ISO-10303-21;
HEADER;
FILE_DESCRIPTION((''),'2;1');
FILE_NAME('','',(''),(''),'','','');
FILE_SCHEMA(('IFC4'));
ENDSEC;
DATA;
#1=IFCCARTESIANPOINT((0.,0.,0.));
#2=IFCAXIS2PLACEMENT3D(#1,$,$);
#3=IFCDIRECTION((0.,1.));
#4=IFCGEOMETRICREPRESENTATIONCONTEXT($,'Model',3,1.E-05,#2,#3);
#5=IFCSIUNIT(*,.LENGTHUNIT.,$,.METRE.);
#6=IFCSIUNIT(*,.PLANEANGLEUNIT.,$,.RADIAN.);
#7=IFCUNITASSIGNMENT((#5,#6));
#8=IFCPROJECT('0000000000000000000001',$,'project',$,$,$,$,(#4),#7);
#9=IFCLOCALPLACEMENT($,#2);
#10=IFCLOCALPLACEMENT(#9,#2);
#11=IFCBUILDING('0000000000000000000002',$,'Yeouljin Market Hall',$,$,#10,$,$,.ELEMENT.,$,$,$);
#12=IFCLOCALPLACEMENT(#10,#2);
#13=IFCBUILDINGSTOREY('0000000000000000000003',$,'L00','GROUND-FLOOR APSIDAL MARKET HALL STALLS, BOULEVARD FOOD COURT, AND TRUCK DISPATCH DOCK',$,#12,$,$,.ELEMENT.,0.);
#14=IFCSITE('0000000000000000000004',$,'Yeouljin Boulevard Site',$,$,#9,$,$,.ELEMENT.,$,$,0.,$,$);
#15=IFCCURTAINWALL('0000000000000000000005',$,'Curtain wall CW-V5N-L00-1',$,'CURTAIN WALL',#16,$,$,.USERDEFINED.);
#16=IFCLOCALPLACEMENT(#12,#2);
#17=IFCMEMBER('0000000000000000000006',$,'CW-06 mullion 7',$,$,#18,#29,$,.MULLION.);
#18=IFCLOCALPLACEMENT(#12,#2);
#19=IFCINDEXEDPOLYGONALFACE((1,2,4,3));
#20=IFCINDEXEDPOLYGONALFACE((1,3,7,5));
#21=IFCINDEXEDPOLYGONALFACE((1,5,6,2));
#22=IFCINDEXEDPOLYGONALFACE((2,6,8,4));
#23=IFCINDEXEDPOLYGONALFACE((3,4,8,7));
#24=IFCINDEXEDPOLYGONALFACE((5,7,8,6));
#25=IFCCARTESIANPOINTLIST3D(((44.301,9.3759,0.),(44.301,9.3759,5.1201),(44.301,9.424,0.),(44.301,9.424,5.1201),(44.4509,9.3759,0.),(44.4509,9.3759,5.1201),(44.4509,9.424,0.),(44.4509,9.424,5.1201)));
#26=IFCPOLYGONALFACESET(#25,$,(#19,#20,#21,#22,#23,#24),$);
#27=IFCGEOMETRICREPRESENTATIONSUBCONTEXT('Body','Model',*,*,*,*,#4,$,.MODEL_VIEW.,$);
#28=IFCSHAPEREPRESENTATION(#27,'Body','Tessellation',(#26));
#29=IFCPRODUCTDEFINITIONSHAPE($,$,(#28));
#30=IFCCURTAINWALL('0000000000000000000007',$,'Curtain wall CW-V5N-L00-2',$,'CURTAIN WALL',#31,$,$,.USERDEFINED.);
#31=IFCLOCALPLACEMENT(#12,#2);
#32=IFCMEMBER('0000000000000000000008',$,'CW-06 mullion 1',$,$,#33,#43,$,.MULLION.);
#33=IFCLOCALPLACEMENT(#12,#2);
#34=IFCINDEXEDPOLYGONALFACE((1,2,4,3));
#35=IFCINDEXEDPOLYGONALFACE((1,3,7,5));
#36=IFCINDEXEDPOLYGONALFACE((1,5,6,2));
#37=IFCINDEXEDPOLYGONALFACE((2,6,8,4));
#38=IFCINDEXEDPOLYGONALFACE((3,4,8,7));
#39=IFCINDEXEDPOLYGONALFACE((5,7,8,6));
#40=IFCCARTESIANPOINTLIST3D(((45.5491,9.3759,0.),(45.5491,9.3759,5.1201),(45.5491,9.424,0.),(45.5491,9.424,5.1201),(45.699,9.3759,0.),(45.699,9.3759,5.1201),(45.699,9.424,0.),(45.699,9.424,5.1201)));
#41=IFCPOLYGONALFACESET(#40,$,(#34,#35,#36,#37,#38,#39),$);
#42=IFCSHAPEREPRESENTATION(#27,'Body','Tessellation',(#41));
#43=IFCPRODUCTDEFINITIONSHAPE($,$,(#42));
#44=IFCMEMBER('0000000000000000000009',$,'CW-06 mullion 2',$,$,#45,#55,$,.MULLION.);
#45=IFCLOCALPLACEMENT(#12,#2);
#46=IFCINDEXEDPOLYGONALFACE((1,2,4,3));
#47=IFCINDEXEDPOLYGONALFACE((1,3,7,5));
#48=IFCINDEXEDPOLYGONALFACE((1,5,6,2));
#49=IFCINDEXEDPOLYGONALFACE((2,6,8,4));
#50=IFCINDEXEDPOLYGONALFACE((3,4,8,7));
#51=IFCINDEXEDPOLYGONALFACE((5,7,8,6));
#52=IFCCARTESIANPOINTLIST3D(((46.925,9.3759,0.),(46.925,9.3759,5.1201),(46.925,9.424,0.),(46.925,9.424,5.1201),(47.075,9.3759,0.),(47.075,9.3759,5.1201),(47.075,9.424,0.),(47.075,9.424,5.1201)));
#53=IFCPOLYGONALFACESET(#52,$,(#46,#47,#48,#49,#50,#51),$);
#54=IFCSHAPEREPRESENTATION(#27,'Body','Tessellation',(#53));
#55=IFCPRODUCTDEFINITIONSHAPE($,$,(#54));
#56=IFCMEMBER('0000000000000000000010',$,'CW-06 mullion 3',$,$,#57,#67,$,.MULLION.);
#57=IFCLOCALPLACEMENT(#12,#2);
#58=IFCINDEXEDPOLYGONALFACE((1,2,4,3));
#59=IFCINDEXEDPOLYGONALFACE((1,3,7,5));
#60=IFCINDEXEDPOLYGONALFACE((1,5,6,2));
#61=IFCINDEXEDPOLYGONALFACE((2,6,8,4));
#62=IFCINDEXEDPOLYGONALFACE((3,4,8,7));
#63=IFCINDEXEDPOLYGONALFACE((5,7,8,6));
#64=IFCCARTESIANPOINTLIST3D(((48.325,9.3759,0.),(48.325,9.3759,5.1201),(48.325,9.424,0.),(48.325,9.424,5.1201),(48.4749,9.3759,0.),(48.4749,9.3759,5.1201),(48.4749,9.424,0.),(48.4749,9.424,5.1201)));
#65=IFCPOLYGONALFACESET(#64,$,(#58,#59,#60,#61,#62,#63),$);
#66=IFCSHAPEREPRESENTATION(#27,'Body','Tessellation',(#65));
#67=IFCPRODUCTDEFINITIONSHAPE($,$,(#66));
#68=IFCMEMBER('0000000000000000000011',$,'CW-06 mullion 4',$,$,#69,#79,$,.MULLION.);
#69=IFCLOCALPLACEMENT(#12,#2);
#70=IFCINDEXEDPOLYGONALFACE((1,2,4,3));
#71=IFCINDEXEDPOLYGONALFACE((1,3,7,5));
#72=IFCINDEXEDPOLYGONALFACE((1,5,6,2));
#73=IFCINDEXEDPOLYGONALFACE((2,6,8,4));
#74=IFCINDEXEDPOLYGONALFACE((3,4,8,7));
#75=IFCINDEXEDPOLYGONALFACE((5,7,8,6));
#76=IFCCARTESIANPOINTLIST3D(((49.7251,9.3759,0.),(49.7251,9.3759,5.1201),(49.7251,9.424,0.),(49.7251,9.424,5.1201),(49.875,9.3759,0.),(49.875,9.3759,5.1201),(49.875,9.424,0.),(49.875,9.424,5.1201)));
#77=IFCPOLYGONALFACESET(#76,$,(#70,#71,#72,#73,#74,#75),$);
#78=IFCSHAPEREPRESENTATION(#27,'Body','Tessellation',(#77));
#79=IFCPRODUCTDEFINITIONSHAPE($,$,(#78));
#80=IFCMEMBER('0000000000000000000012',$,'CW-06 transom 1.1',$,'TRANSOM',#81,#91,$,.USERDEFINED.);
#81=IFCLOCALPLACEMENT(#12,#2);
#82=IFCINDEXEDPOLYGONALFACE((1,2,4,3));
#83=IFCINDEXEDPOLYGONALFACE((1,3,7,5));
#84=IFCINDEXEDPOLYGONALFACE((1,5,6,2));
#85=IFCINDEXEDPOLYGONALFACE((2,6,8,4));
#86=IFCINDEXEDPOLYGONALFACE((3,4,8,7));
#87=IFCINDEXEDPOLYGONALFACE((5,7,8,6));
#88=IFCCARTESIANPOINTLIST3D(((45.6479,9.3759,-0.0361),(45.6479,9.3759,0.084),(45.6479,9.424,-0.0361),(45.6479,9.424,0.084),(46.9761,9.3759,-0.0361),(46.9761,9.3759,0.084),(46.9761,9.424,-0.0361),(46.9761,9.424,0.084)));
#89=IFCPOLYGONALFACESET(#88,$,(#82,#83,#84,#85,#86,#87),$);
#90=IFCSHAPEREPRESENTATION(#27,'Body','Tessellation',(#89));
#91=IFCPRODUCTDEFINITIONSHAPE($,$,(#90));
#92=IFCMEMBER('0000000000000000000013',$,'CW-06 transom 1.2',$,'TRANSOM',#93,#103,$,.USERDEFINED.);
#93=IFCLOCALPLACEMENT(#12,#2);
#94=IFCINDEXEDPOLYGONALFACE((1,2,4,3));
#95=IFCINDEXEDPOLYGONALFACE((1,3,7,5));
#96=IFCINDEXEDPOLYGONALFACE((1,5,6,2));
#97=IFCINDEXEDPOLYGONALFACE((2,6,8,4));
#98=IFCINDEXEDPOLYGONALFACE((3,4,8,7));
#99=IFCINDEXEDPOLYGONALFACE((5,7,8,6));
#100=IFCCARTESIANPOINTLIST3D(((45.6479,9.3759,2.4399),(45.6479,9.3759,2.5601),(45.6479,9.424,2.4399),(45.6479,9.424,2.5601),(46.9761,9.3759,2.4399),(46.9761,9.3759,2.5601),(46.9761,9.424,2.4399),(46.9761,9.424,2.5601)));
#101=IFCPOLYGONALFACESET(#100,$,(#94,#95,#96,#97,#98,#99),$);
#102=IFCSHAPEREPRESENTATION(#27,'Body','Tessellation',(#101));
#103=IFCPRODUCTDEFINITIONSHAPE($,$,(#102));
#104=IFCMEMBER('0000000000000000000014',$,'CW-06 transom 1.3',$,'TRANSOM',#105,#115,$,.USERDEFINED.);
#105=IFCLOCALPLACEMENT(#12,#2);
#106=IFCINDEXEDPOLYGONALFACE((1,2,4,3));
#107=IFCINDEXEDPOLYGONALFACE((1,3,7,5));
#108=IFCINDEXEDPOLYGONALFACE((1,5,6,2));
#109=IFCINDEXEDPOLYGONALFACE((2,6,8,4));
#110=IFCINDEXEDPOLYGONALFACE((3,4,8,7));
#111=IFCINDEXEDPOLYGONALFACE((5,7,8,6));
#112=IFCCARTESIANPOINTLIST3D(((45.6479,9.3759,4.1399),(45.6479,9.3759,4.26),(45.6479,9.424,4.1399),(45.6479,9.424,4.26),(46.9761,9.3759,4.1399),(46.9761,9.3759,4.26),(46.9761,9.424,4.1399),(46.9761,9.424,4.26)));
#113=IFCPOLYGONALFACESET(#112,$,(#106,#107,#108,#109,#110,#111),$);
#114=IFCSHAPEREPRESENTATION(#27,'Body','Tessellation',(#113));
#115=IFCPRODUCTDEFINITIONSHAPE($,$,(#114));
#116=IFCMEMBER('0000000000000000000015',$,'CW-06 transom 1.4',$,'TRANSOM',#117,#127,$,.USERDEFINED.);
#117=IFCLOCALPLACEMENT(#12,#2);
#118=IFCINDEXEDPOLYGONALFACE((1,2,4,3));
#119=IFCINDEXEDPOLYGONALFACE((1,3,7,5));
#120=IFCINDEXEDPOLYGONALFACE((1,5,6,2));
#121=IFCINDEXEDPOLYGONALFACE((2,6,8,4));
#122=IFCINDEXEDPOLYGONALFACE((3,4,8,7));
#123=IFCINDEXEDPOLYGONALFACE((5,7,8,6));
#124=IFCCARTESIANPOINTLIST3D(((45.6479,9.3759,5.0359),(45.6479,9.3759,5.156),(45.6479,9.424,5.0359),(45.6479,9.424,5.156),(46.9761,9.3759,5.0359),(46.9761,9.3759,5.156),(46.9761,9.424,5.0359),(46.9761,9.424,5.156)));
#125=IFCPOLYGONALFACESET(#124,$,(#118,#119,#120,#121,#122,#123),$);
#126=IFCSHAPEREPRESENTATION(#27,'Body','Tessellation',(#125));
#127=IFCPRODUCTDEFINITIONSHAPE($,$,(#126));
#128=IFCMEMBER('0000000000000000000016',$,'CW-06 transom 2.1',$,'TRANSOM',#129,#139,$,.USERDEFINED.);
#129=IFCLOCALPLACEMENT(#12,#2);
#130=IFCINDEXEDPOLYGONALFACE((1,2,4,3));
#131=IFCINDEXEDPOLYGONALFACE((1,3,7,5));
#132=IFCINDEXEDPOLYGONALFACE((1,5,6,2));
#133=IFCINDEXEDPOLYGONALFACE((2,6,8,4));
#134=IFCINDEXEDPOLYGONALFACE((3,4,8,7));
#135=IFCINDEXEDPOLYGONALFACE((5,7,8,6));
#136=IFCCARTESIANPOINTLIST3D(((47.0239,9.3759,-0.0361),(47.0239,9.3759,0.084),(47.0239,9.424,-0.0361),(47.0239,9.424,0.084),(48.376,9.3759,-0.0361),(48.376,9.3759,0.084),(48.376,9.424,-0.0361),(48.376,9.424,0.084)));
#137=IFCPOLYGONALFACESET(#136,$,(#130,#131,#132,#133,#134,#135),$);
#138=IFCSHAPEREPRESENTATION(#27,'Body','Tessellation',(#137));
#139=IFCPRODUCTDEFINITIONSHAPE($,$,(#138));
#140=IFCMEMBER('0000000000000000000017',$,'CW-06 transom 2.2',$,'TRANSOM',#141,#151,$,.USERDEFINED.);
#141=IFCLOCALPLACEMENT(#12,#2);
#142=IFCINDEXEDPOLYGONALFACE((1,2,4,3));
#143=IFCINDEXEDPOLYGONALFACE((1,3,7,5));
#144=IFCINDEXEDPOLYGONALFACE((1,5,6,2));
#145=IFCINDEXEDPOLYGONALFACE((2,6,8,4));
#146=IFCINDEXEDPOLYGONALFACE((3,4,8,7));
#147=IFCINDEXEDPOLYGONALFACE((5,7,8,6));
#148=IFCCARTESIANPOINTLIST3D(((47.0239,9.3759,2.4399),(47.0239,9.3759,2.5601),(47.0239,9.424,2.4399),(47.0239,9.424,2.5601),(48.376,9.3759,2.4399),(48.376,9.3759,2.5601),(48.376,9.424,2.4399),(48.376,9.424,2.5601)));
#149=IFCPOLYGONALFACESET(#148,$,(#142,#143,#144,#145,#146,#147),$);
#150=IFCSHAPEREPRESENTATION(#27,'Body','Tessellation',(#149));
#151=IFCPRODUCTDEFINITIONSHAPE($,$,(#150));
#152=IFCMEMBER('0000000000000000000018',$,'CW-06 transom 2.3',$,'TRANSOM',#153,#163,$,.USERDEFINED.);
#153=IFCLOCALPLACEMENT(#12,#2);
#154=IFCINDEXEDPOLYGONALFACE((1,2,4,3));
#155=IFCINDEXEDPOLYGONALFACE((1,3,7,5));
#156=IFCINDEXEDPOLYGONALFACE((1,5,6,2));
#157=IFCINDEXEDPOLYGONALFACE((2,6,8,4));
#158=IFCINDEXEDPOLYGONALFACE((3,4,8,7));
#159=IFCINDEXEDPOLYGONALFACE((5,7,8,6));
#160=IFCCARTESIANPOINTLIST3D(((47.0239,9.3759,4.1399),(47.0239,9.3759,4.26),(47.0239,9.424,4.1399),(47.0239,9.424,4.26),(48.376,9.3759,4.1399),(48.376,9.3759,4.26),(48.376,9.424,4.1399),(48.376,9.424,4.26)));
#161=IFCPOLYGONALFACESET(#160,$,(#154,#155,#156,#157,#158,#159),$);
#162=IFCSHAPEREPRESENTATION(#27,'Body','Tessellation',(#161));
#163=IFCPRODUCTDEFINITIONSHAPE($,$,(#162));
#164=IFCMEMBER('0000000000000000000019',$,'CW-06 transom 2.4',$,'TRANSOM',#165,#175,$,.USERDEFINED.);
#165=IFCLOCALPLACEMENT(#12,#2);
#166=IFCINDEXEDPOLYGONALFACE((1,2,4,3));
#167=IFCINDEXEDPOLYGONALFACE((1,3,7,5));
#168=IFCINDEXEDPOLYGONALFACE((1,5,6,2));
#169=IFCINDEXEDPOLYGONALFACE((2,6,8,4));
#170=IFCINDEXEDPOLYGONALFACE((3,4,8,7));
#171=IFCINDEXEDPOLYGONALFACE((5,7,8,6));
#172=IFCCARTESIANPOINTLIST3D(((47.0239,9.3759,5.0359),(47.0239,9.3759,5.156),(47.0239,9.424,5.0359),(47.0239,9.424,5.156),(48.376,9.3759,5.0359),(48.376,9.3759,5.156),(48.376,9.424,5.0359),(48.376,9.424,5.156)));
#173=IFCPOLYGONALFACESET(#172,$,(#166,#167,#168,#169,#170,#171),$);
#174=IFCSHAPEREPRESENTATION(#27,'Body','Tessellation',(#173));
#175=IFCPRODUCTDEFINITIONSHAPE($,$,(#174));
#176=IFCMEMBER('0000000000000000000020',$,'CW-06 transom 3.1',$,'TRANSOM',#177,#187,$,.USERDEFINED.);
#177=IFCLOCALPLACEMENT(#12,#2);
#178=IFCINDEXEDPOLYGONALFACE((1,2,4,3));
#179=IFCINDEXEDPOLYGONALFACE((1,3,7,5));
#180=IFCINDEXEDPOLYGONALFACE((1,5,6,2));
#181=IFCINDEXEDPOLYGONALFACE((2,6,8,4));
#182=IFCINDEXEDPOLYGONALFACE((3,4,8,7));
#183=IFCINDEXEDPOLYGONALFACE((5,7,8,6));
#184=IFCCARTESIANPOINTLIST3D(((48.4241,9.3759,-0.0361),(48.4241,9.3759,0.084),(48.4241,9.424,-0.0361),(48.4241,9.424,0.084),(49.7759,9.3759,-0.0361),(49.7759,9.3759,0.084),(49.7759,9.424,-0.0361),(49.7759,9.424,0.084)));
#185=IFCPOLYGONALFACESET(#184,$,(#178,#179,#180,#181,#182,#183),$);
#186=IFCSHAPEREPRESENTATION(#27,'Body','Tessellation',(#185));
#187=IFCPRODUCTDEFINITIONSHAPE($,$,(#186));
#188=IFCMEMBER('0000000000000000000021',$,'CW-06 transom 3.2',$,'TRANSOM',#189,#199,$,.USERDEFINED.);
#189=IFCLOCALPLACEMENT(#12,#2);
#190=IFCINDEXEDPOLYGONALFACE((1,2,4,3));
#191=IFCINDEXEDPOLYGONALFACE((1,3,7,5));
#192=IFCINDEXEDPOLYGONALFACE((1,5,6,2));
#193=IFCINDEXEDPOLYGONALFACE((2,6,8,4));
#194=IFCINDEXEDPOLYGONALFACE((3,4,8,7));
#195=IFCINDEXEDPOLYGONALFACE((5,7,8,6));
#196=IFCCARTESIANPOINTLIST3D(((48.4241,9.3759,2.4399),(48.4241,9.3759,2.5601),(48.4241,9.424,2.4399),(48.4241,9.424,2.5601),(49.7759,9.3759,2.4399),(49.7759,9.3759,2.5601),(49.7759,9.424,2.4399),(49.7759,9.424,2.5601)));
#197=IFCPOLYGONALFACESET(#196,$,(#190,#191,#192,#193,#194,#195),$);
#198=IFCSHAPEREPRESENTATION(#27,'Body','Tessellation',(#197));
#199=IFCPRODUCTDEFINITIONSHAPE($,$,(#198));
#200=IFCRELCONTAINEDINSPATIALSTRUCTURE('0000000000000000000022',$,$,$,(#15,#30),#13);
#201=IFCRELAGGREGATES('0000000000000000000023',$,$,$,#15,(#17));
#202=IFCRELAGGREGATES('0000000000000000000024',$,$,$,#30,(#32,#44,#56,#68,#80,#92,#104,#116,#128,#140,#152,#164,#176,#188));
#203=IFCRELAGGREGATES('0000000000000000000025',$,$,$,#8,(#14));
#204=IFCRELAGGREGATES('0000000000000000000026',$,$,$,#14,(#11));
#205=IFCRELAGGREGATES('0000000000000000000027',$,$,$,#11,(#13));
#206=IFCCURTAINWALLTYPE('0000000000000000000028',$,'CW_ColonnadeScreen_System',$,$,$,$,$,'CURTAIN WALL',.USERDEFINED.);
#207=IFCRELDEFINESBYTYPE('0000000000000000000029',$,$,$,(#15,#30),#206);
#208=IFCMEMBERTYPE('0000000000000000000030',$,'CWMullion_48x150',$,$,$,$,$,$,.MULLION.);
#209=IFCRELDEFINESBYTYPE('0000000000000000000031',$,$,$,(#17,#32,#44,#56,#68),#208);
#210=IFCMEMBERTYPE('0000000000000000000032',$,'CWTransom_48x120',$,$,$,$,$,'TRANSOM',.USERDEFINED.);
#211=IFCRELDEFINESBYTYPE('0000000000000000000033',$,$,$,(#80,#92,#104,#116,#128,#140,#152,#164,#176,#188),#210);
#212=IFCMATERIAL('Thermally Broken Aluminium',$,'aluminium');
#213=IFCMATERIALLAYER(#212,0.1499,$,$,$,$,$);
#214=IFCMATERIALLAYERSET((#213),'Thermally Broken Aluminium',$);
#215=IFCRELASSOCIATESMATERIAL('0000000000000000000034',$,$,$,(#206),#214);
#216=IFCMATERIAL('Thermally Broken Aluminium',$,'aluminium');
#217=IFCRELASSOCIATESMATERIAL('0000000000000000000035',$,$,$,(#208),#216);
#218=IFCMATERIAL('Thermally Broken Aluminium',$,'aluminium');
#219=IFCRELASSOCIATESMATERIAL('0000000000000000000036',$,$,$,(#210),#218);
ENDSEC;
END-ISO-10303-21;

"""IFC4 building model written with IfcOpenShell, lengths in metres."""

from ifc_helpers import new_model, si_unit, direction, frame, origin, origin_2d, place, context, subcontext, project, spatial, rectangle, extrude, material, layer, layer_set, material_profile, profile_set, type_object, element, aggregate, save


model = new_model("IFC4")

# Units and contexts
model_context = context("Model", 3, precision=1e-05, world=origin(), true_north=direction((0.0, 1.0)))
body_context = subcontext(model_context, "Body", "Model", "MODEL_VIEW")
ifc_project = project(units=[si_unit("LENGTHUNIT", "METRE"), si_unit("PLANEANGLEUNIT", "RADIAN")], contexts=[model_context])

# Site, building, storey
site_placement = place(None, origin())
site = spatial("IfcSite", under=ifc_project, at=site_placement, Name="Yeouljin Boulevard Site", CompositionType="ELEMENT", RefElevation=0.0)
building_placement = place(site_placement, origin())
building = spatial("IfcBuilding", under=site, at=building_placement, Name="Yeouljin Market Hall", CompositionType="ELEMENT")
storey_placement = place(building_placement, origin())
storey = spatial("IfcBuildingStorey", under=building, at=storey_placement, Name="L00", Description="GROUND-FLOOR APSIDAL MARKET HALL STALLS, BOULEVARD FOOD COURT, AND TRUCK DISPATCH DOCK", CompositionType="ELEMENT", Elevation=0.0)

# Curtain wall, member
ifc_material_1 = material(Name="Thermally Broken Aluminium", Category="aluminium")
ifc_layer_1 = layer(ifc_material_1, 0.1499)
ifc_layer_set_1 = layer_set([ifc_layer_1], Name="Thermally Broken Aluminium")
curtain_wall_type = type_object("IfcCurtainWallType", Name="CW_ColonnadeScreen_System", ElementType="CURTAIN WALL", PredefinedType="USERDEFINED", material=ifc_layer_set_1)
curtain_wall_1_placement = place(storey_placement, origin())
curtain_wall_1 = element("IfcCurtainWall", 1, at=curtain_wall_1_placement, inside=storey, type_object=curtain_wall_type, Name="Curtain wall CW-V5N-L00-1", ObjectType="CURTAIN WALL", PredefinedType="USERDEFINED")
ifc_material_2 = material(Name="Thermally Broken Aluminium", Category="aluminium")
ifc_material_profile_1 = material_profile(ifc_material_2, rectangle(XDim=0.0481, YDim=0.1499, at=origin_2d()), Name="CW-MULL-48x150")
ifc_profile_set_1 = profile_set([ifc_material_profile_1], Name="Thermally Broken Aluminium")
member_type_1 = type_object("IfcMemberType", Name="CWMullion_48x150", PredefinedType="MULLION", material=ifc_profile_set_1)
member_1_placement = place(storey_placement, frame((44.376, 9.3999, 0.0), z_axis=(0.0, 0.0, 1.0), x_axis=(0.0, 1.0, 0.0)))
member_1 = element("IfcMember", 2, at=member_1_placement, type_object=member_type_1, Name="CW-06 mullion 7", PredefinedType="MULLION", context=body_context, shape_type="SweptSolid", body=[
    extrude(rectangle(XDim=0.0481, YDim=0.1499, at=origin_2d()), origin(), (0.0, 0.0, 1.0), 5.1201),
])

# Curtain wall, members
curtain_wall_2_placement = place(storey_placement, origin())
curtain_wall_2 = element("IfcCurtainWall", 3, at=curtain_wall_2_placement, inside=storey, type_object=curtain_wall_type, Name="Curtain wall CW-V5N-L00-2", ObjectType="CURTAIN WALL", PredefinedType="USERDEFINED")
member_2_placement = place(storey_placement, frame((45.624, 9.3999, 0.0), z_axis=(0.0, 0.0, 1.0), x_axis=(0.0, 1.0, 0.0)))
member_2 = element("IfcMember", 4, at=member_2_placement, type_object=member_type_1, Name="CW-06 mullion 1", PredefinedType="MULLION", context=body_context, shape_type="SweptSolid", body=[
    extrude(rectangle(XDim=0.0481, YDim=0.1499, at=origin_2d()), origin(), (0.0, 0.0, 1.0), 5.1201),
])
member_3_placement = place(storey_placement, frame((47.0, 9.3999, 0.0), z_axis=(0.0, 0.0, 1.0), x_axis=(0.0, 1.0, 0.0)))
member_3 = element("IfcMember", 5, at=member_3_placement, type_object=member_type_1, Name="CW-06 mullion 2", PredefinedType="MULLION", context=body_context, shape_type="SweptSolid", body=[
    extrude(rectangle(XDim=0.0481, YDim=0.1499, at=origin_2d()), origin(), (0.0, 0.0, 1.0), 5.1201),
])
member_4_placement = place(storey_placement, frame((48.3999, 9.3999, 0.0), z_axis=(0.0, 0.0, 1.0), x_axis=(0.0, 1.0, 0.0)))
member_4 = element("IfcMember", 6, at=member_4_placement, type_object=member_type_1, Name="CW-06 mullion 3", PredefinedType="MULLION", context=body_context, shape_type="SweptSolid", body=[
    extrude(rectangle(XDim=0.0481, YDim=0.1499, at=origin_2d()), origin(), (0.0, 0.0, 1.0), 5.1201),
])
member_5_placement = place(storey_placement, frame((49.8, 9.3999, 0.0), z_axis=(0.0, 0.0, 1.0), x_axis=(0.0, 1.0, 0.0)))
member_5 = element("IfcMember", 7, at=member_5_placement, type_object=member_type_1, Name="CW-06 mullion 4", PredefinedType="MULLION", context=body_context, shape_type="SweptSolid", body=[
    extrude(rectangle(XDim=0.0481, YDim=0.1499, at=origin_2d()), origin(), (0.0, 0.0, 1.0), 5.1201),
])
ifc_material_3 = material(Name="Thermally Broken Aluminium", Category="aluminium")
ifc_material_profile_2 = material_profile(ifc_material_3, rectangle(XDim=0.0481, YDim=0.1201, at=origin_2d()), Name="CW-TRAN-48x120")
ifc_profile_set_2 = profile_set([ifc_material_profile_2], Name="Thermally Broken Aluminium")
member_type_2 = type_object("IfcMemberType", Name="CWTransom_48x120", ElementType="TRANSOM", PredefinedType="USERDEFINED", material=ifc_profile_set_2)
member_6_placement = place(storey_placement, frame((45.6479, 9.3999, 0.0239), z_axis=(1.0, 0.0, 0.0), x_axis=(0.0, 1.0, 0.0)))
member_6 = element("IfcMember", 8, at=member_6_placement, type_object=member_type_2, Name="CW-06 transom 1.1", ObjectType="TRANSOM", PredefinedType="USERDEFINED", context=body_context, shape_type="SweptSolid", body=[
    extrude(rectangle(XDim=0.0481, YDim=0.1201, at=origin_2d()), origin(), (0.0, 0.0, 1.0), 1.3281),
])
member_7_placement = place(storey_placement, frame((45.6479, 9.3999, 2.5), z_axis=(1.0, 0.0, 0.0), x_axis=(0.0, 1.0, 0.0)))
member_7 = element("IfcMember", 9, at=member_7_placement, type_object=member_type_2, Name="CW-06 transom 1.2", ObjectType="TRANSOM", PredefinedType="USERDEFINED", context=body_context, shape_type="SweptSolid", body=[
    extrude(rectangle(XDim=0.0481, YDim=0.1201, at=origin_2d()), origin(), (0.0, 0.0, 1.0), 1.3281),
])
member_8_placement = place(storey_placement, frame((45.6479, 9.3999, 4.2), z_axis=(1.0, 0.0, 0.0), x_axis=(0.0, 1.0, 0.0)))
member_8 = element("IfcMember", 10, at=member_8_placement, type_object=member_type_2, Name="CW-06 transom 1.3", ObjectType="TRANSOM", PredefinedType="USERDEFINED", context=body_context, shape_type="SweptSolid", body=[
    extrude(rectangle(XDim=0.0481, YDim=0.1201, at=origin_2d()), origin(), (0.0, 0.0, 1.0), 1.3281),
])
member_9_placement = place(storey_placement, frame((45.6479, 9.3999, 5.0959), z_axis=(1.0, 0.0, 0.0), x_axis=(0.0, 1.0, 0.0)))
member_9 = element("IfcMember", 11, at=member_9_placement, type_object=member_type_2, Name="CW-06 transom 1.4", ObjectType="TRANSOM", PredefinedType="USERDEFINED", context=body_context, shape_type="SweptSolid", body=[
    extrude(rectangle(XDim=0.0481, YDim=0.1201, at=origin_2d()), origin(), (0.0, 0.0, 1.0), 1.3281),
])
member_10_placement = place(storey_placement, frame((47.0239, 9.3999, 0.0239), z_axis=(1.0, 0.0, 0.0), x_axis=(0.0, 1.0, 0.0)))
member_10 = element("IfcMember", 12, at=member_10_placement, type_object=member_type_2, Name="CW-06 transom 2.1", ObjectType="TRANSOM", PredefinedType="USERDEFINED", context=body_context, shape_type="SweptSolid", body=[
    extrude(rectangle(XDim=0.0481, YDim=0.1201, at=origin_2d()), origin(), (0.0, 0.0, 1.0), 1.3521),
])
member_11_placement = place(storey_placement, frame((47.0239, 9.3999, 2.5), z_axis=(1.0, 0.0, 0.0), x_axis=(0.0, 1.0, 0.0)))
member_11 = element("IfcMember", 13, at=member_11_placement, type_object=member_type_2, Name="CW-06 transom 2.2", ObjectType="TRANSOM", PredefinedType="USERDEFINED", context=body_context, shape_type="SweptSolid", body=[
    extrude(rectangle(XDim=0.0481, YDim=0.1201, at=origin_2d()), origin(), (0.0, 0.0, 1.0), 1.3521),
])
member_12_placement = place(storey_placement, frame((47.0239, 9.3999, 4.2), z_axis=(1.0, 0.0, 0.0), x_axis=(0.0, 1.0, 0.0)))
member_12 = element("IfcMember", 14, at=member_12_placement, type_object=member_type_2, Name="CW-06 transom 2.3", ObjectType="TRANSOM", PredefinedType="USERDEFINED", context=body_context, shape_type="SweptSolid", body=[
    extrude(rectangle(XDim=0.0481, YDim=0.1201, at=origin_2d()), origin(), (0.0, 0.0, 1.0), 1.3521),
])
member_13_placement = place(storey_placement, frame((47.0239, 9.3999, 5.0959), z_axis=(1.0, 0.0, 0.0), x_axis=(0.0, 1.0, 0.0)))
member_13 = element("IfcMember", 15, at=member_13_placement, type_object=member_type_2, Name="CW-06 transom 2.4", ObjectType="TRANSOM", PredefinedType="USERDEFINED", context=body_context, shape_type="SweptSolid", body=[
    extrude(rectangle(XDim=0.0481, YDim=0.1201, at=origin_2d()), origin(), (0.0, 0.0, 1.0), 1.3521),
])
member_14_placement = place(storey_placement, frame((48.4241, 9.3999, 0.0239), z_axis=(1.0, 0.0, 0.0), x_axis=(0.0, 1.0, 0.0)))
member_14 = element("IfcMember", 16, at=member_14_placement, type_object=member_type_2, Name="CW-06 transom 3.1", ObjectType="TRANSOM", PredefinedType="USERDEFINED", context=body_context, shape_type="SweptSolid", body=[
    extrude(rectangle(XDim=0.0481, YDim=0.1201, at=origin_2d()), origin(), (0.0, 0.0, 1.0), 1.3518),
])
member_15_placement = place(storey_placement, frame((48.4241, 9.3999, 2.5), z_axis=(1.0, 0.0, 0.0), x_axis=(0.0, 1.0, 0.0)))
member_15 = element("IfcMember", 17, at=member_15_placement, type_object=member_type_2, Name="CW-06 transom 3.2", ObjectType="TRANSOM", PredefinedType="USERDEFINED", context=body_context, shape_type="SweptSolid", body=[
    extrude(rectangle(XDim=0.0481, YDim=0.1201, at=origin_2d()), origin(), (0.0, 0.0, 1.0), 1.3518),
])

aggregate(curtain_wall_1, [member_1])
aggregate(curtain_wall_2, [member_2, member_3, member_4, member_5, member_6, member_7, member_8, member_9, member_10, member_11, member_12, member_13, member_14, member_15])

save(model, "model.ifc")
